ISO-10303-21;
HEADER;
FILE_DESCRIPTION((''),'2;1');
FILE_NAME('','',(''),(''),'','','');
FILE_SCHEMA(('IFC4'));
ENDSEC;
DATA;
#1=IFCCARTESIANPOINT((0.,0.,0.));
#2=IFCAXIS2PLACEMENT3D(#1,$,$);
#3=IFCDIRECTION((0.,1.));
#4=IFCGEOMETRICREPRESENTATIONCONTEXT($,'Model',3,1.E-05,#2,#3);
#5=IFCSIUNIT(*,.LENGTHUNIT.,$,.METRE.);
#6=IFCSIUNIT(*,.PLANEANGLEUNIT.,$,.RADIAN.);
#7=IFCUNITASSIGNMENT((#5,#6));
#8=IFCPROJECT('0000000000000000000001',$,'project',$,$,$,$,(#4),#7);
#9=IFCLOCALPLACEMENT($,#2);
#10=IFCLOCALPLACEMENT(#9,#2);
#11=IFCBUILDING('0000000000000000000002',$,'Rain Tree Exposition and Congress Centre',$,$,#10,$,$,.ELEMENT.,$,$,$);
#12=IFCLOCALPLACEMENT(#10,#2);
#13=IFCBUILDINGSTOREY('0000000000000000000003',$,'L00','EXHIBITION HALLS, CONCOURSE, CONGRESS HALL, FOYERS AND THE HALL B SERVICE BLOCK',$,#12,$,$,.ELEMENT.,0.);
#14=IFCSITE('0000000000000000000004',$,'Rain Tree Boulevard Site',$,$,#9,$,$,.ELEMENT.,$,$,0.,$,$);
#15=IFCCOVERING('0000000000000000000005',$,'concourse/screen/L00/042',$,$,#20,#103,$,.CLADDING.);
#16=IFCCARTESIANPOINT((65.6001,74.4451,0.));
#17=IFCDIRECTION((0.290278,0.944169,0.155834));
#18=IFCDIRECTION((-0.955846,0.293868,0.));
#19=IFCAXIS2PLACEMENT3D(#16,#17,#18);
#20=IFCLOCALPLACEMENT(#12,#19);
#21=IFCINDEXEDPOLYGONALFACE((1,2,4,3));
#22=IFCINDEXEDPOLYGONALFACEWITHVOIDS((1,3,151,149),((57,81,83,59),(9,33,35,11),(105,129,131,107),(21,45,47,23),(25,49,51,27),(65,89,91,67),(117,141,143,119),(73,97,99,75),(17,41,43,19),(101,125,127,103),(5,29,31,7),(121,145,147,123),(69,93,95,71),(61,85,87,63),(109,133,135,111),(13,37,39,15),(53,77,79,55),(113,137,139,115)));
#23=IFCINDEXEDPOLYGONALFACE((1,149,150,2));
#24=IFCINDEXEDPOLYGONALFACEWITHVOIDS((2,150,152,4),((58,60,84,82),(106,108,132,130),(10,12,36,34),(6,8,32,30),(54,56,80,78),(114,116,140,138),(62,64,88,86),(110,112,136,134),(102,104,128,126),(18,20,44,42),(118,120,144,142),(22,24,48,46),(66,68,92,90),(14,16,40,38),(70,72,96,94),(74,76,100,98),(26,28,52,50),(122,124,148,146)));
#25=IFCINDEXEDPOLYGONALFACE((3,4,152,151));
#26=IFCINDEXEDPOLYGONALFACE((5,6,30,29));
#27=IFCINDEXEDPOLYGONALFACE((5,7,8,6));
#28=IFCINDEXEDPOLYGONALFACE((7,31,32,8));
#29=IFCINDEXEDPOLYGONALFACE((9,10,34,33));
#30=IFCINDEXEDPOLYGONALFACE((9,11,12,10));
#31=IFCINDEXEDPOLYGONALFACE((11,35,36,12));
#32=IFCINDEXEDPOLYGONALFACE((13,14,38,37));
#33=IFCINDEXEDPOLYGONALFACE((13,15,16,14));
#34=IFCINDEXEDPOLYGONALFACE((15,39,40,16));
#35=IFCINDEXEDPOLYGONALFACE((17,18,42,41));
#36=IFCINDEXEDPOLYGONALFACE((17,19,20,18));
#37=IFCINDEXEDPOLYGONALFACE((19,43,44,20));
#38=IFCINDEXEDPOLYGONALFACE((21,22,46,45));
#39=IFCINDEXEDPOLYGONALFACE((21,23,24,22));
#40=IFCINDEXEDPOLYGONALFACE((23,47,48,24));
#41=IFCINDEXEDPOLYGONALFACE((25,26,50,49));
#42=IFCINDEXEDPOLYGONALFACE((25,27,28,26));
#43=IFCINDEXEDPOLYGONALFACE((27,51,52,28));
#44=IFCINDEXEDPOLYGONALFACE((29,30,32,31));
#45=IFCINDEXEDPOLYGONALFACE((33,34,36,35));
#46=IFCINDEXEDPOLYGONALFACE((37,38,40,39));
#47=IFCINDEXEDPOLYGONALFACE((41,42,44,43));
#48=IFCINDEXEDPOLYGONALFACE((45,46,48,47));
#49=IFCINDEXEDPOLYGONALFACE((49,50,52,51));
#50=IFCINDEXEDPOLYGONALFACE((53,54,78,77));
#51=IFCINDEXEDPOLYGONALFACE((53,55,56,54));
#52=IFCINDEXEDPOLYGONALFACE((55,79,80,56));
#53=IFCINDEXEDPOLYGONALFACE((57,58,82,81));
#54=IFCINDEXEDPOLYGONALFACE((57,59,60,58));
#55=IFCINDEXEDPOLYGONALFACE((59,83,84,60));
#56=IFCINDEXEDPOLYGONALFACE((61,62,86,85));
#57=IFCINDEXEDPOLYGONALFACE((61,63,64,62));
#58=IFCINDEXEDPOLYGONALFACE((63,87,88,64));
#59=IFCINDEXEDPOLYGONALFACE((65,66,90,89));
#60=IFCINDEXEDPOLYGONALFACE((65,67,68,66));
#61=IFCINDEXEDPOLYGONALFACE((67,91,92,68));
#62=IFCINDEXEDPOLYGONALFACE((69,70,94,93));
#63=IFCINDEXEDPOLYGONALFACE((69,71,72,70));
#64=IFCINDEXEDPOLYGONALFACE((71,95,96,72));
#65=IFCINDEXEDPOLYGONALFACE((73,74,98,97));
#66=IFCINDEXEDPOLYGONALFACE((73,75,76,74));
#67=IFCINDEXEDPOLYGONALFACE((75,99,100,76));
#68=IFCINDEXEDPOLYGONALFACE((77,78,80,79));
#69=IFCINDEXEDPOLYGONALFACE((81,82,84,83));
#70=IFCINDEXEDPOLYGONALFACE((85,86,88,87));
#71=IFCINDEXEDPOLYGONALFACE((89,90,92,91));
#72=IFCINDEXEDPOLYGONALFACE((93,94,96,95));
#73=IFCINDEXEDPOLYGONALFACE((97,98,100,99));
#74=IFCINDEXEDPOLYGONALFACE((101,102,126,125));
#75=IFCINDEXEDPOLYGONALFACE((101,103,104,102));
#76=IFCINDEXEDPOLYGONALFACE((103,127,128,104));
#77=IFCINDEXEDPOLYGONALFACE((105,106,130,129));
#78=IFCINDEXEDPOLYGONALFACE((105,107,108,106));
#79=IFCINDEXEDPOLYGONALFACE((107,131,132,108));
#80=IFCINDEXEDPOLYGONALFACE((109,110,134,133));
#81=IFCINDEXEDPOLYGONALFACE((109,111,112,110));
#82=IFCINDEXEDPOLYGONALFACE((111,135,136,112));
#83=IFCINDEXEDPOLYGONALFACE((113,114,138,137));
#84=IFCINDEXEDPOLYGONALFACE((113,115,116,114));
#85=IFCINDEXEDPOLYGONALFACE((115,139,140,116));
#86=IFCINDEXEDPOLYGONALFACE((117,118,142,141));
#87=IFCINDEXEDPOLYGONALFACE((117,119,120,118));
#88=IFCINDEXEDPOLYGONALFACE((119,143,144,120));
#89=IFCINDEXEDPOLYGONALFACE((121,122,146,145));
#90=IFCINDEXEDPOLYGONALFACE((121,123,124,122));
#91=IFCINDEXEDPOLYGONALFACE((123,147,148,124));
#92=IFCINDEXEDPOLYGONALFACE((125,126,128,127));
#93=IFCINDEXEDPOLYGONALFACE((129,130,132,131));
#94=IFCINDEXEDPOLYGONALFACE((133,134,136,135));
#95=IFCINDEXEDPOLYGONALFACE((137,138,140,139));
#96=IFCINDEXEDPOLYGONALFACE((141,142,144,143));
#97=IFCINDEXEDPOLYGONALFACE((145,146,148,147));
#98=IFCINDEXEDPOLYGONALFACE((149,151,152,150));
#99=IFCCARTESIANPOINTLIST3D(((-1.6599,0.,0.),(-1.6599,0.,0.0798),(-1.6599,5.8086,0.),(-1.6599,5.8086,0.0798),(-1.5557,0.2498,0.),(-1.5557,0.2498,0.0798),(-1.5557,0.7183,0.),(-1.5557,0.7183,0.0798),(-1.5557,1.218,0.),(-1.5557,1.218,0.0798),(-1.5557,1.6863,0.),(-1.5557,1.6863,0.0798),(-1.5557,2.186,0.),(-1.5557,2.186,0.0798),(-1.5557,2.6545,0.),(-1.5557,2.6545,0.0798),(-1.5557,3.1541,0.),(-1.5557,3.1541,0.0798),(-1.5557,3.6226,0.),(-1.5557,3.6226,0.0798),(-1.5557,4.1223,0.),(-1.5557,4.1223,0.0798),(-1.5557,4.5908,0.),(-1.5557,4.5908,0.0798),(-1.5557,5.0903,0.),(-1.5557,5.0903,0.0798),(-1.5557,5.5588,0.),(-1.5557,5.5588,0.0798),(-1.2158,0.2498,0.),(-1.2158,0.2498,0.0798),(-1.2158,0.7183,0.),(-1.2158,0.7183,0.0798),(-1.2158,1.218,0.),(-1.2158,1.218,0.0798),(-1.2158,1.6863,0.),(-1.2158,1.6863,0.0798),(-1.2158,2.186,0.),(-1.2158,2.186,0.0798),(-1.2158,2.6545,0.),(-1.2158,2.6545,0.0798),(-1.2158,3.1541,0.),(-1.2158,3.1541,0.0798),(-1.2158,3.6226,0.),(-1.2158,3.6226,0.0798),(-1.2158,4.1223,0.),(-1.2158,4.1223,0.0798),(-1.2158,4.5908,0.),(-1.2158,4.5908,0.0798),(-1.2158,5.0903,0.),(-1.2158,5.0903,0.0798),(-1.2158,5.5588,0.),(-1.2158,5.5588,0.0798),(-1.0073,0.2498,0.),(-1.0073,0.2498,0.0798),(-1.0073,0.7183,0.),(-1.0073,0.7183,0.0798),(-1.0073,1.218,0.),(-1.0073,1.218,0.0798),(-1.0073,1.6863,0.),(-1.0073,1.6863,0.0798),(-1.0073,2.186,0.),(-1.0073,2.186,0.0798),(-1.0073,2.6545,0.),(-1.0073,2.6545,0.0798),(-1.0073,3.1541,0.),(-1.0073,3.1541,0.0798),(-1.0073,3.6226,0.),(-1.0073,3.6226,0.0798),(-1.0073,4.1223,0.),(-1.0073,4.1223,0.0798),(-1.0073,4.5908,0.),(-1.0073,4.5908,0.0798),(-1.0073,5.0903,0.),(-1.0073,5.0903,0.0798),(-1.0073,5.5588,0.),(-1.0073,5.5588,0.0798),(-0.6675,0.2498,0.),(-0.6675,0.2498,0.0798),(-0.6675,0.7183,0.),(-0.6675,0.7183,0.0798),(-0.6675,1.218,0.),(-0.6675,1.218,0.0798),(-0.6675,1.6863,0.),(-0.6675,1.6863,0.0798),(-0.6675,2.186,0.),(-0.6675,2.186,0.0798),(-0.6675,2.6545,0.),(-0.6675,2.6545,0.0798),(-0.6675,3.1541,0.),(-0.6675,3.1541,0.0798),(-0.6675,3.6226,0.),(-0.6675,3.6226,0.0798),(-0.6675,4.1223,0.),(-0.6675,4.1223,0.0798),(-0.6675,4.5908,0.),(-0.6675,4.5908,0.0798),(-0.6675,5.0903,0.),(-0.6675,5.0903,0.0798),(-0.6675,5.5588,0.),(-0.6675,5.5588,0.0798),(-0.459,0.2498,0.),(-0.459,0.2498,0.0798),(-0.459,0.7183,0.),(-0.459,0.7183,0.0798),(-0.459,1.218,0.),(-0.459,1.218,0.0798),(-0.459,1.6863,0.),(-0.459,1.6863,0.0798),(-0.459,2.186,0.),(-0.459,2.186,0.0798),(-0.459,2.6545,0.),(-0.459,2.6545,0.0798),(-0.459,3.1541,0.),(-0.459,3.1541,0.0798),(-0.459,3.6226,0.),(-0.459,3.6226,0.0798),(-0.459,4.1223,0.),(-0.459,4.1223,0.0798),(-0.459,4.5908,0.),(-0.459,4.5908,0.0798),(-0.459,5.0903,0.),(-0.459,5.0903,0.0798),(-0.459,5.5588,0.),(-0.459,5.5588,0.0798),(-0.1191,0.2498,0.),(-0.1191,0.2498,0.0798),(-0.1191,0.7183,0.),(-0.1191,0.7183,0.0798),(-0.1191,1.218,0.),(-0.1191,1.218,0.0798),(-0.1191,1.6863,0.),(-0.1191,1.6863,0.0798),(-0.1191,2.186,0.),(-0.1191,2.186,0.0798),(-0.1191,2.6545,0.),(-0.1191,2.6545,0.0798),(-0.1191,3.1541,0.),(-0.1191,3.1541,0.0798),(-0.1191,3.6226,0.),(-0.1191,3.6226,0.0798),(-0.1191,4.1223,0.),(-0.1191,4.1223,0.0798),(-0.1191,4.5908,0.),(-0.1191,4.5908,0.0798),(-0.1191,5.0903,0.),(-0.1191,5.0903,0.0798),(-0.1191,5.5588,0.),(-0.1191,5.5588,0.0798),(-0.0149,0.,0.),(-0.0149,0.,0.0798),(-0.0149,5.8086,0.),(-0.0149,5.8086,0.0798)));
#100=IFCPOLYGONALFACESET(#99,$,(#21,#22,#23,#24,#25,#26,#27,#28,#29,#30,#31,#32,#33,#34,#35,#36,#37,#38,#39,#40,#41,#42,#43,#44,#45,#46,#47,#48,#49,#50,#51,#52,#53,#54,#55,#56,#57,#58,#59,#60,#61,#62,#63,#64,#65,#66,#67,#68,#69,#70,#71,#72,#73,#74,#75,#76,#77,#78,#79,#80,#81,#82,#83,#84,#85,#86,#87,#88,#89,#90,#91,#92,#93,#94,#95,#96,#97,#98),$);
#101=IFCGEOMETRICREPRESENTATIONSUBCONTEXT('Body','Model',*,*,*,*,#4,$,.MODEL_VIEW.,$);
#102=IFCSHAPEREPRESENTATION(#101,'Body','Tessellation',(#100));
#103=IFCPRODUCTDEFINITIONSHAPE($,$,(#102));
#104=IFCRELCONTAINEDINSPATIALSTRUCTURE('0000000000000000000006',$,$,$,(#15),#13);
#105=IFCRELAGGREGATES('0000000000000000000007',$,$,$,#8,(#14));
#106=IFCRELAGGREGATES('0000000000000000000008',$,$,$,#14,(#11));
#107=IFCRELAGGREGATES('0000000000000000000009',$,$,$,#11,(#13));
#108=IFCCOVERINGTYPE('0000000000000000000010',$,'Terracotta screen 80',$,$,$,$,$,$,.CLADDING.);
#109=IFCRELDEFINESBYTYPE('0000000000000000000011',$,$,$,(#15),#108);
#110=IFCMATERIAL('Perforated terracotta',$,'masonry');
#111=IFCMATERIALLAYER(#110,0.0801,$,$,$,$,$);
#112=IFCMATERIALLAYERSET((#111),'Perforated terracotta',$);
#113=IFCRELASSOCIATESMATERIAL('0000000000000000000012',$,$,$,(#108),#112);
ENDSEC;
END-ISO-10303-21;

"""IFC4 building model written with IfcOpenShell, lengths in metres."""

from ifc_helpers import new_model, si_unit, direction, frame, origin, place, context, subcontext, project, spatial, polyline, outline, extrude, material, layer, layer_set, type_object, element, save


model = new_model("IFC4")

# Units and contexts
model_context = context("Model", 3, precision=1e-05, world=origin(), true_north=direction((0.0, 1.0)))
body_context = subcontext(model_context, "Body", "Model", "MODEL_VIEW")
ifc_project = project(units=[si_unit("LENGTHUNIT", "METRE"), si_unit("PLANEANGLEUNIT", "RADIAN")], contexts=[model_context])

# Site, building, storey
site_placement = place(None, origin())
site = spatial("IfcSite", under=ifc_project, at=site_placement, Name="Rain Tree Boulevard Site", CompositionType="ELEMENT", RefElevation=0.0)
building_placement = place(site_placement, origin())
building = spatial("IfcBuilding", under=site, at=building_placement, Name="Rain Tree Exposition and Congress Centre", CompositionType="ELEMENT")
storey_placement = place(building_placement, origin())
storey = spatial("IfcBuildingStorey", under=building, at=storey_placement, Name="L00", Description="EXHIBITION HALLS, CONCOURSE, CONGRESS HALL, FOYERS AND THE HALL B SERVICE BLOCK", CompositionType="ELEMENT", Elevation=0.0)

# Covering
ifc_material_1 = material(Name="Perforated terracotta", Category="masonry")
ifc_layer_1 = layer(ifc_material_1, 0.0801)
ifc_layer_set_1 = layer_set([ifc_layer_1], Name="Perforated terracotta")
covering_type_1 = type_object("IfcCoveringType", Name="Terracotta screen 80", PredefinedType="CLADDING", material=ifc_layer_set_1)
covering_1_placement = place(storey_placement, frame((65.6001, 74.4451, 0.0), z_axis=(0.290278, 0.944169, 0.155834), x_axis=(-0.955846, 0.293868, 0.0)))
element("IfcCovering", 1, at=covering_1_placement, inside=storey, type_object=covering_type_1, Name="concourse/screen/L00/042", PredefinedType="CLADDING", context=body_context, shape_type="SweptSolid", body=[
    extrude(outline(polyline([(-0.0149, 0.0), (-1.6599, 0.0), (-1.6599, 5.8086), (-0.0149, 5.8086), (-0.0149, 0.0)]), holes=[polyline([(-0.1191, 0.2498), (-0.1191, 0.7183), (-0.459, 0.7183), (-0.459, 0.2498), (-0.1191, 0.2498)]), polyline([(-0.1191, 1.218), (-0.1191, 1.6863), (-0.459, 1.6863), (-0.459, 1.218), (-0.1191, 1.218)]), polyline([(-0.1191, 2.186), (-0.1191, 2.6545), (-0.459, 2.6545), (-0.459, 2.186), (-0.1191, 2.186)]), polyline([(-0.1191, 3.1541), (-0.1191, 3.6226), (-0.459, 3.6226), (-0.459, 3.1541), (-0.1191, 3.1541)]), polyline([(-0.1191, 4.1223), (-0.1191, 4.5908), (-0.459, 4.5908), (-0.459, 4.1223), (-0.1191, 4.1223)]), polyline([(-0.1191, 5.0903), (-0.1191, 5.5588), (-0.459, 5.5588), (-0.459, 5.0903), (-0.1191, 5.0903)]), polyline([(-0.6675, 0.2498), (-0.6675, 0.7183), (-1.0073, 0.7183), (-1.0073, 0.2498), (-0.6675, 0.2498)]), polyline([(-0.6675, 1.218), (-0.6675, 1.6863), (-1.0073, 1.6863), (-1.0073, 1.218), (-0.6675, 1.218)]), polyline([(-0.6675, 2.186), (-0.6675, 2.6545), (-1.0073, 2.6545), (-1.0073, 2.186), (-0.6675, 2.186)]), polyline([(-0.6675, 3.1541), (-0.6675, 3.6226), (-1.0073, 3.6226), (-1.0073, 3.1541), (-0.6675, 3.1541)]), polyline([(-0.6675, 4.1223), (-0.6675, 4.5908), (-1.0073, 4.5908), (-1.0073, 4.1223), (-0.6675, 4.1223)]), polyline([(-0.6675, 5.0903), (-0.6675, 5.5588), (-1.0073, 5.5588), (-1.0073, 5.0903), (-0.6675, 5.0903)]), polyline([(-1.2158, 0.2498), (-1.2158, 0.7183), (-1.5557, 0.7183), (-1.5557, 0.2498), (-1.2158, 0.2498)]), polyline([(-1.2158, 1.218), (-1.2158, 1.6863), (-1.5557, 1.6863), (-1.5557, 1.218), (-1.2158, 1.218)]), polyline([(-1.2158, 2.186), (-1.2158, 2.6545), (-1.5557, 2.6545), (-1.5557, 2.186), (-1.2158, 2.186)]), polyline([(-1.2158, 3.1541), (-1.2158, 3.6226), (-1.5557, 3.6226), (-1.5557, 3.1541), (-1.2158, 3.1541)]), polyline([(-1.2158, 4.1223), (-1.2158, 4.5908), (-1.5557, 4.5908), (-1.5557, 4.1223), (-1.2158, 4.1223)]), polyline([(-1.2158, 5.0903), (-1.2158, 5.5588), (-1.5557, 5.5588), (-1.5557, 5.0903), (-1.2158, 5.0903)])]), origin(), (0.0, 0.0, 1.0), 0.0798),
])

save(model, "model.ifc")
